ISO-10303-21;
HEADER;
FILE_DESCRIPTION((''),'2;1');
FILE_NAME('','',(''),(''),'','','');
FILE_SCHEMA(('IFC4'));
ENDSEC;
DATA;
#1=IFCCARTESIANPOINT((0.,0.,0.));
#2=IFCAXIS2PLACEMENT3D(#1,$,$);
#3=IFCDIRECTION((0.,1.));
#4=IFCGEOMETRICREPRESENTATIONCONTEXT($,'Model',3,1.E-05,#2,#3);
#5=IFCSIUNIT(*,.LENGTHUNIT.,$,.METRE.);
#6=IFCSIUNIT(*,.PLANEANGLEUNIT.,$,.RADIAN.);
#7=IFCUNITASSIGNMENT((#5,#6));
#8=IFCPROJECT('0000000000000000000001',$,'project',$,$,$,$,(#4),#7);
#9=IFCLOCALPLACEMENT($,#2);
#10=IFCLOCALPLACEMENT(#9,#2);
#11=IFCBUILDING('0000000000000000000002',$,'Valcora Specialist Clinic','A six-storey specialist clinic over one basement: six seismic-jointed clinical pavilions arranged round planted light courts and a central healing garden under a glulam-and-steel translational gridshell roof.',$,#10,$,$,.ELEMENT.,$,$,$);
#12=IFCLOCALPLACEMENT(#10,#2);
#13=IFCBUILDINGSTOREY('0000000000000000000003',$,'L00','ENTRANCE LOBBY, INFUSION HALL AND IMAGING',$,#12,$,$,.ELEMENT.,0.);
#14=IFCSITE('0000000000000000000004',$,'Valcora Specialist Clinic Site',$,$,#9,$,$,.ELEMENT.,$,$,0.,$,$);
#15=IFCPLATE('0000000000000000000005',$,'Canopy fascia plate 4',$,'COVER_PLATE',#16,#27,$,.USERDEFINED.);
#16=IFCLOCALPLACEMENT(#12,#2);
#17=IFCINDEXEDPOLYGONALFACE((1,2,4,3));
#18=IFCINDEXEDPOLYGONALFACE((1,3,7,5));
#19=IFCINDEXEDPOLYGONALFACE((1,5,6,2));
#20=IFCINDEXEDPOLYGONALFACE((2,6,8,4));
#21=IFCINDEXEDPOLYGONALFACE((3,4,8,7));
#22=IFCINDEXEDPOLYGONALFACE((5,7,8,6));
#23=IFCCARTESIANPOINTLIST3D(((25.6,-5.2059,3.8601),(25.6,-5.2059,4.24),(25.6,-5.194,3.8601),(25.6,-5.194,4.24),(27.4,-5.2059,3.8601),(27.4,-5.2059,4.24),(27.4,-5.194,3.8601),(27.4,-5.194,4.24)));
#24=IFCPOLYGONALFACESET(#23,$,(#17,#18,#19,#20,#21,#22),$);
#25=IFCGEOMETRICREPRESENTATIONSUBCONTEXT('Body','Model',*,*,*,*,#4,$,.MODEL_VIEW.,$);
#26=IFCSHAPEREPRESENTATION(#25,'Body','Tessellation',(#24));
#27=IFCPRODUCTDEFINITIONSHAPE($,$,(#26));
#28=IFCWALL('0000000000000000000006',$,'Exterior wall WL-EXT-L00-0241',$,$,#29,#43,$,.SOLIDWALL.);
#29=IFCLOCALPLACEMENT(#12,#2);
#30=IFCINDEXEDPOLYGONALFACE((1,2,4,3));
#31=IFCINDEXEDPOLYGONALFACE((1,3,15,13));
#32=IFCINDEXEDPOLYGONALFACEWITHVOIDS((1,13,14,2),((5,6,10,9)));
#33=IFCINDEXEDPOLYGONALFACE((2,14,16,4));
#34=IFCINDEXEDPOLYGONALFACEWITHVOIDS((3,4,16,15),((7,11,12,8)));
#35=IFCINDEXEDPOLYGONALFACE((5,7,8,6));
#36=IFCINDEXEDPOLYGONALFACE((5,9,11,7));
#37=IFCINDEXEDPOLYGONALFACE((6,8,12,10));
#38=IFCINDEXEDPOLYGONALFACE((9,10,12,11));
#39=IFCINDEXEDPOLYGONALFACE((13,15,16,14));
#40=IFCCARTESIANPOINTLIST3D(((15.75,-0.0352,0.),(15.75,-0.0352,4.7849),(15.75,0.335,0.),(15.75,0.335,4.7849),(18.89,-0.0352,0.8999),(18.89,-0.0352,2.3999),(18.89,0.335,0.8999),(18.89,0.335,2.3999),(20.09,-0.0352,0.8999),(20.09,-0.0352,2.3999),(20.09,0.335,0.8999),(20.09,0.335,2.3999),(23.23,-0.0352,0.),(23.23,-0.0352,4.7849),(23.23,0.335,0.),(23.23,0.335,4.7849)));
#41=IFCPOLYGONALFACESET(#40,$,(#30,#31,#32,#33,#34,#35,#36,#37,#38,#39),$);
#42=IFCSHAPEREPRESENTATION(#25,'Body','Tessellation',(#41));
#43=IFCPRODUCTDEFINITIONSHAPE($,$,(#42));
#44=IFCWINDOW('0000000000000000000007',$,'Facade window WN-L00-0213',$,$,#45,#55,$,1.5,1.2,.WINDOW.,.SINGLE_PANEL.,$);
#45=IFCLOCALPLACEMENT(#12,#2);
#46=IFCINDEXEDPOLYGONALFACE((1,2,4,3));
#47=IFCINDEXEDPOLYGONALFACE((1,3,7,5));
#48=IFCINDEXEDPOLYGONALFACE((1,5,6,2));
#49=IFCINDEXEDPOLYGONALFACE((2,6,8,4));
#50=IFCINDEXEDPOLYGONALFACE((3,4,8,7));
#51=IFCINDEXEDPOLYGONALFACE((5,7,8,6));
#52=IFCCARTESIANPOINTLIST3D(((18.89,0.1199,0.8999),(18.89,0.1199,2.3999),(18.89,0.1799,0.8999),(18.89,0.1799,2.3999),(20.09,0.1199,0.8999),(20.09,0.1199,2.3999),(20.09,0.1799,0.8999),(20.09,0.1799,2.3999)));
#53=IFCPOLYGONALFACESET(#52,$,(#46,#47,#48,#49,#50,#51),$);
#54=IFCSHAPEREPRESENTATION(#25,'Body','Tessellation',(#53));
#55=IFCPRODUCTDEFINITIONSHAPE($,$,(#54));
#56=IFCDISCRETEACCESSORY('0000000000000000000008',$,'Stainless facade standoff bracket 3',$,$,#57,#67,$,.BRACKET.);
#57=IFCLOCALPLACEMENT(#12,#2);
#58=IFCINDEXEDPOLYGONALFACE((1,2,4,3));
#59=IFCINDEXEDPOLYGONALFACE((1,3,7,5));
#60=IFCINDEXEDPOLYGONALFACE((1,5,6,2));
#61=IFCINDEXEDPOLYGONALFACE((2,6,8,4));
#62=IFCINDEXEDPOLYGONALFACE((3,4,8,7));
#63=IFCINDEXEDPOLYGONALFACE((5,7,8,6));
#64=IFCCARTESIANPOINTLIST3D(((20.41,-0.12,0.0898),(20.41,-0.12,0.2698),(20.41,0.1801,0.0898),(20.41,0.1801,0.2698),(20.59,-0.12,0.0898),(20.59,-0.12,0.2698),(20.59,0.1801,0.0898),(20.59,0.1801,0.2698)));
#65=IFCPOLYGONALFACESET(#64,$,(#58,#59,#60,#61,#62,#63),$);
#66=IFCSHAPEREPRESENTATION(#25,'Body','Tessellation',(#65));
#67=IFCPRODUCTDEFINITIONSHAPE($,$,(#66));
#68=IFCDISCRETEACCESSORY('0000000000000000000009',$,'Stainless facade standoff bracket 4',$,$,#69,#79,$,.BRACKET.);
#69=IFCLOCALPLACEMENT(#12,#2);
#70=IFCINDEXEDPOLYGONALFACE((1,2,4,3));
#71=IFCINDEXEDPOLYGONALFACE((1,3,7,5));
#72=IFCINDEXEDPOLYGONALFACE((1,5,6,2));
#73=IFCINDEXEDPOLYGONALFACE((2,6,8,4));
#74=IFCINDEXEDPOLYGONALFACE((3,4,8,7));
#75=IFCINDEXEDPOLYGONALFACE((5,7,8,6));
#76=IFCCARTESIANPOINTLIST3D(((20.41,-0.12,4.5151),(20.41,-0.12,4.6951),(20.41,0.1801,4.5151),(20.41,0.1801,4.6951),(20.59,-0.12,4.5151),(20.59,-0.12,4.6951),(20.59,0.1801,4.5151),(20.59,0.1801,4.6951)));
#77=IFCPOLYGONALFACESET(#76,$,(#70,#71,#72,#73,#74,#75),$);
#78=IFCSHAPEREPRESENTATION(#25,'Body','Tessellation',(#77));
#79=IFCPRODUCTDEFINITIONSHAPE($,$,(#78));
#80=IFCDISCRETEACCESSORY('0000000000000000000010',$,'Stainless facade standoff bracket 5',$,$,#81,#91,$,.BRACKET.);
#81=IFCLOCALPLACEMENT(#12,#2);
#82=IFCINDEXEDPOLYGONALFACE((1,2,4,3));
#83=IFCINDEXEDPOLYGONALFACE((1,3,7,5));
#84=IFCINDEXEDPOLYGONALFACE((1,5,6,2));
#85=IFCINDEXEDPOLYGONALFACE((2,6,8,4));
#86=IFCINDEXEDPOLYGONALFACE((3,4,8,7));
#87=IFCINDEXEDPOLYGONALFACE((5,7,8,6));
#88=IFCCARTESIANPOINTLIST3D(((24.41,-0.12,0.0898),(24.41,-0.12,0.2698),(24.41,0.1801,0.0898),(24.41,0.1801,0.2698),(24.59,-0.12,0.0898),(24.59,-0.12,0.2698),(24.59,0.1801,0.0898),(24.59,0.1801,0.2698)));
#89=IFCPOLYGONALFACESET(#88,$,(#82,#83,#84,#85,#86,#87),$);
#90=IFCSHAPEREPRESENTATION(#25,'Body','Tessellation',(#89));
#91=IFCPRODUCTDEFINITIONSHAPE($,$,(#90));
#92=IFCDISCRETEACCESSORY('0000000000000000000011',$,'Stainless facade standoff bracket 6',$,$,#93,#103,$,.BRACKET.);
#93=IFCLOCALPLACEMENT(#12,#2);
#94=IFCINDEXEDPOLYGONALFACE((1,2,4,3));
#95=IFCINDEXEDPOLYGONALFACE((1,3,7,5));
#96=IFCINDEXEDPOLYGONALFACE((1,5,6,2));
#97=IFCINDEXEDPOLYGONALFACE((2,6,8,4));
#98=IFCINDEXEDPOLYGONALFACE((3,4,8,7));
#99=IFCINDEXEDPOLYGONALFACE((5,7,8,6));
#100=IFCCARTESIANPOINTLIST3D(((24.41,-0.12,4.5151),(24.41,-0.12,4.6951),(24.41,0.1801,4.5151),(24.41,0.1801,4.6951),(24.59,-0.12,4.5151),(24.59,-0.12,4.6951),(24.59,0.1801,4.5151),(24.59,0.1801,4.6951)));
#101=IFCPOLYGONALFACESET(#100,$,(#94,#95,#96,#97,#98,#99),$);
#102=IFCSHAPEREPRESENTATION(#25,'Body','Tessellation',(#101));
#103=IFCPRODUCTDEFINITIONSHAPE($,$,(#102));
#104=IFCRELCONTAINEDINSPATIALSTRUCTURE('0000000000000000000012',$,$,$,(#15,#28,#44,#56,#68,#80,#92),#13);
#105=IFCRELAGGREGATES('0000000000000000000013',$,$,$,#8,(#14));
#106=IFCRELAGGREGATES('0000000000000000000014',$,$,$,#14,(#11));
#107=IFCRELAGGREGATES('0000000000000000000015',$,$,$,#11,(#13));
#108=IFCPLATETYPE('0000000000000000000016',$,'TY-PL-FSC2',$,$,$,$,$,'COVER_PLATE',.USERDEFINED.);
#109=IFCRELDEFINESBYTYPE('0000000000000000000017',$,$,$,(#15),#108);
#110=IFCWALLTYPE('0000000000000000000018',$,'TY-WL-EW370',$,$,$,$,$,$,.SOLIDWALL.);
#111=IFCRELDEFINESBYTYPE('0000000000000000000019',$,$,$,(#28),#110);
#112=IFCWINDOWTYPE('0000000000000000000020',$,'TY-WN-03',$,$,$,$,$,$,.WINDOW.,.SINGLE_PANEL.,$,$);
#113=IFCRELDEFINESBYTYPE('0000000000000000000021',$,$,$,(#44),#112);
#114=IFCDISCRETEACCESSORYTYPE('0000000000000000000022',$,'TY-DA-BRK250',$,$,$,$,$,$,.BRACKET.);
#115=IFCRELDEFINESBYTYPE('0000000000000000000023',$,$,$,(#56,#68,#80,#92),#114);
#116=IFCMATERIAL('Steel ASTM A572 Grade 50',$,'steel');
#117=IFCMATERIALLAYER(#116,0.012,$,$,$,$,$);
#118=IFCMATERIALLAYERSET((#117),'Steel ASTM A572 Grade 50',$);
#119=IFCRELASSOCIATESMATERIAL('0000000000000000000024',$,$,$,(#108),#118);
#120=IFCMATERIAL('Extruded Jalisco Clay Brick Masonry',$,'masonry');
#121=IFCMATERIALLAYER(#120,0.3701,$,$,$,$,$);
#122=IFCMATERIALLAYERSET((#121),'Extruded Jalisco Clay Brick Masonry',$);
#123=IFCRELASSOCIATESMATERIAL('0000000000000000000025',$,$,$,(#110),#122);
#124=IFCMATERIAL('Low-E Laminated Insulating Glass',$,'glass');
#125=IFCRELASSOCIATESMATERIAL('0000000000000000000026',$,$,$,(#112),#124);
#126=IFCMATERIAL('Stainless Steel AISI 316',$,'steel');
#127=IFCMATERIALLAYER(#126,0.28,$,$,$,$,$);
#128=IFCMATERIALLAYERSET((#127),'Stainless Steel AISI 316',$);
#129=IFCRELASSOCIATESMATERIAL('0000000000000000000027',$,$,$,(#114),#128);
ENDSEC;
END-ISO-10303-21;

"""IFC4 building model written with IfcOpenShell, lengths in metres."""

from ifc_helpers import new_model, si_unit, direction, frame, frame_2d, origin, origin_2d, place, context, subcontext, project, spatial, rectangle, extrude, material, layer, layer_set, type_object, element, fill, save


model = new_model("IFC4")

# Units and contexts
model_context = context("Model", 3, precision=1e-05, world=origin(), true_north=direction((0.0, 1.0)))
body_context = subcontext(model_context, "Body", "Model", "MODEL_VIEW")
ifc_project = project(units=[si_unit("LENGTHUNIT", "METRE"), si_unit("PLANEANGLEUNIT", "RADIAN")], contexts=[model_context])

# Site, building, storey
site_placement = place(None, origin())
site = spatial("IfcSite", under=ifc_project, at=site_placement, Name="Valcora Specialist Clinic Site", CompositionType="ELEMENT", RefElevation=0.0)
building_placement = place(site_placement, origin())
building = spatial("IfcBuilding", under=site, at=building_placement, Name="Valcora Specialist Clinic", Description="A six-storey specialist clinic over one basement: six seismic-jointed clinical pavilions arranged round planted light courts and a central healing garden under a glulam-and-steel translational gridshell roof.", CompositionType="ELEMENT")
storey_placement = place(building_placement, origin())
storey = spatial("IfcBuildingStorey", under=building, at=storey_placement, Name="L00", Description="ENTRANCE LOBBY, INFUSION HALL AND IMAGING", CompositionType="ELEMENT", Elevation=0.0)

# Plate
ifc_material_1 = material(Name="Steel ASTM A572 Grade 50", Category="steel")
ifc_layer_1 = layer(ifc_material_1, 0.012)
ifc_layer_set_1 = layer_set([ifc_layer_1], Name="Steel ASTM A572 Grade 50")
plate_type_1 = type_object("IfcPlateType", Name="TY-PL-FSC2", ElementType="COVER_PLATE", PredefinedType="USERDEFINED", material=ifc_layer_set_1)
for number, where, z_axis, x_axis, name in (
    (1, (26.5, -5.2, 3.8601), (0.0, 0.0, 1.0), (1.0, 0.0, 0.0), "Canopy fascia plate 4"),
):
    element("IfcPlate", number, at=place(storey_placement, frame(where, z_axis=z_axis, x_axis=x_axis)), inside=storey, type_object=plate_type_1, Name=name, ObjectType="COVER_PLATE", PredefinedType="USERDEFINED", context=body_context, shape_type="SweptSolid", body=[
        extrude(rectangle(XDim=1.8, YDim=0.012, at=origin_2d()), origin(), (0.0, 0.0, 1.0), 0.3799),
    ])

# Wall, opening, window
ifc_material_2 = material(Name="Extruded Jalisco Clay Brick Masonry", Category="masonry")
ifc_layer_2 = layer(ifc_material_2, 0.3701)
ifc_layer_set_2 = layer_set([ifc_layer_2], Name="Extruded Jalisco Clay Brick Masonry")
wall_type = type_object("IfcWallType", Name="TY-WL-EW370", PredefinedType="SOLIDWALL", material=ifc_layer_set_2)
wall_placement = place(storey_placement, frame((23.23, 0.1499, 0.0), z_axis=(0.0, 0.0, 1.0), x_axis=(-1.0, 0.0, 0.0)))
wall = element("IfcWall", 2, at=wall_placement, inside=storey, type_object=wall_type, Name="Exterior wall WL-EXT-L00-0241", PredefinedType="SOLIDWALL", context=body_context, shape_type="SweptSolid", body=[
    extrude(rectangle(XDim=7.48, YDim=0.3701, at=frame_2d((3.74, 0.0))), origin(), (0.0, 0.0, 1.0), 4.7849),
])
opening_placement = place(wall_placement, frame((3.1399, 0.0, 0.8999)))
opening = element("IfcOpeningElement", 3, at=opening_placement, cuts=wall, PredefinedType="OPENING", context=body_context, shape_type="SweptSolid", body=[
    extrude(rectangle(XDim=1.2, YDim=1.5, at=frame_2d((0.6001, 0.75))), frame((0.0, 0.1951, 0.0), z_axis=(0.0, -1.0, 0.0), x_axis=(1.0, 0.0, 0.0)), (0.0, 0.0, 1.0), 0.3901),
])
ifc_material_3 = material(Name="Low-E Laminated Insulating Glass", Category="glass")
window_type = type_object("IfcWindowType", Name="TY-WN-03", PartitioningType="SINGLE_PANEL", PredefinedType="WINDOW", material=ifc_material_3)
window_placement = place(opening_placement, origin())
window = element("IfcWindow", 4, at=window_placement, inside=storey, type_object=window_type, Name="Facade window WN-L00-0213", OverallHeight=1.5, OverallWidth=1.2, PartitioningType="SINGLE_PANEL", PredefinedType="WINDOW", context=body_context, shape_type="SweptSolid", body=[
    extrude(rectangle(XDim=1.2, YDim=1.5, at=frame_2d((0.6001, 0.75))), frame((0.0, 0.03, 0.0), z_axis=(0.0, -1.0, 0.0), x_axis=(1.0, 0.0, 0.0)), (0.0, 0.0, 1.0), 0.0601),
])
fill(opening, window)

# Discrete accessories
ifc_material_4 = material(Name="Stainless Steel AISI 316", Category="steel")
ifc_layer_3 = layer(ifc_material_4, 0.28)
ifc_layer_set_3 = layer_set([ifc_layer_3], Name="Stainless Steel AISI 316")
discrete_accessory_type = type_object("IfcDiscreteAccessoryType", Name="TY-DA-BRK250", PredefinedType="BRACKET", material=ifc_layer_set_3)
for number, where, z_axis, x_axis, name in (
    (5, (20.5, 0.03, 0.0898), (0.0, 0.0, 1.0), (1.0, 0.0, 0.0), "Stainless facade standoff bracket 3"),
    (6, (20.5, 0.03, 4.5151), (0.0, 0.0, 1.0), (1.0, 0.0, 0.0), "Stainless facade standoff bracket 4"),
    (7, (24.5, 0.03, 0.0898), (0.0, 0.0, 1.0), (1.0, 0.0, 0.0), "Stainless facade standoff bracket 5"),
    (8, (24.5, 0.03, 4.5151), (0.0, 0.0, 1.0), (1.0, 0.0, 0.0), "Stainless facade standoff bracket 6"),
):
    element("IfcDiscreteAccessory", number, at=place(storey_placement, frame(where, z_axis=z_axis, x_axis=x_axis)), inside=storey, type_object=discrete_accessory_type, Name=name, PredefinedType="BRACKET", context=body_context, shape_type="SweptSolid", body=[
        extrude(rectangle(XDim=0.1799, YDim=0.3, at=origin_2d()), origin(), (0.0, 0.0, 1.0), 0.1799),
    ])

save(model, "model.ifc")
